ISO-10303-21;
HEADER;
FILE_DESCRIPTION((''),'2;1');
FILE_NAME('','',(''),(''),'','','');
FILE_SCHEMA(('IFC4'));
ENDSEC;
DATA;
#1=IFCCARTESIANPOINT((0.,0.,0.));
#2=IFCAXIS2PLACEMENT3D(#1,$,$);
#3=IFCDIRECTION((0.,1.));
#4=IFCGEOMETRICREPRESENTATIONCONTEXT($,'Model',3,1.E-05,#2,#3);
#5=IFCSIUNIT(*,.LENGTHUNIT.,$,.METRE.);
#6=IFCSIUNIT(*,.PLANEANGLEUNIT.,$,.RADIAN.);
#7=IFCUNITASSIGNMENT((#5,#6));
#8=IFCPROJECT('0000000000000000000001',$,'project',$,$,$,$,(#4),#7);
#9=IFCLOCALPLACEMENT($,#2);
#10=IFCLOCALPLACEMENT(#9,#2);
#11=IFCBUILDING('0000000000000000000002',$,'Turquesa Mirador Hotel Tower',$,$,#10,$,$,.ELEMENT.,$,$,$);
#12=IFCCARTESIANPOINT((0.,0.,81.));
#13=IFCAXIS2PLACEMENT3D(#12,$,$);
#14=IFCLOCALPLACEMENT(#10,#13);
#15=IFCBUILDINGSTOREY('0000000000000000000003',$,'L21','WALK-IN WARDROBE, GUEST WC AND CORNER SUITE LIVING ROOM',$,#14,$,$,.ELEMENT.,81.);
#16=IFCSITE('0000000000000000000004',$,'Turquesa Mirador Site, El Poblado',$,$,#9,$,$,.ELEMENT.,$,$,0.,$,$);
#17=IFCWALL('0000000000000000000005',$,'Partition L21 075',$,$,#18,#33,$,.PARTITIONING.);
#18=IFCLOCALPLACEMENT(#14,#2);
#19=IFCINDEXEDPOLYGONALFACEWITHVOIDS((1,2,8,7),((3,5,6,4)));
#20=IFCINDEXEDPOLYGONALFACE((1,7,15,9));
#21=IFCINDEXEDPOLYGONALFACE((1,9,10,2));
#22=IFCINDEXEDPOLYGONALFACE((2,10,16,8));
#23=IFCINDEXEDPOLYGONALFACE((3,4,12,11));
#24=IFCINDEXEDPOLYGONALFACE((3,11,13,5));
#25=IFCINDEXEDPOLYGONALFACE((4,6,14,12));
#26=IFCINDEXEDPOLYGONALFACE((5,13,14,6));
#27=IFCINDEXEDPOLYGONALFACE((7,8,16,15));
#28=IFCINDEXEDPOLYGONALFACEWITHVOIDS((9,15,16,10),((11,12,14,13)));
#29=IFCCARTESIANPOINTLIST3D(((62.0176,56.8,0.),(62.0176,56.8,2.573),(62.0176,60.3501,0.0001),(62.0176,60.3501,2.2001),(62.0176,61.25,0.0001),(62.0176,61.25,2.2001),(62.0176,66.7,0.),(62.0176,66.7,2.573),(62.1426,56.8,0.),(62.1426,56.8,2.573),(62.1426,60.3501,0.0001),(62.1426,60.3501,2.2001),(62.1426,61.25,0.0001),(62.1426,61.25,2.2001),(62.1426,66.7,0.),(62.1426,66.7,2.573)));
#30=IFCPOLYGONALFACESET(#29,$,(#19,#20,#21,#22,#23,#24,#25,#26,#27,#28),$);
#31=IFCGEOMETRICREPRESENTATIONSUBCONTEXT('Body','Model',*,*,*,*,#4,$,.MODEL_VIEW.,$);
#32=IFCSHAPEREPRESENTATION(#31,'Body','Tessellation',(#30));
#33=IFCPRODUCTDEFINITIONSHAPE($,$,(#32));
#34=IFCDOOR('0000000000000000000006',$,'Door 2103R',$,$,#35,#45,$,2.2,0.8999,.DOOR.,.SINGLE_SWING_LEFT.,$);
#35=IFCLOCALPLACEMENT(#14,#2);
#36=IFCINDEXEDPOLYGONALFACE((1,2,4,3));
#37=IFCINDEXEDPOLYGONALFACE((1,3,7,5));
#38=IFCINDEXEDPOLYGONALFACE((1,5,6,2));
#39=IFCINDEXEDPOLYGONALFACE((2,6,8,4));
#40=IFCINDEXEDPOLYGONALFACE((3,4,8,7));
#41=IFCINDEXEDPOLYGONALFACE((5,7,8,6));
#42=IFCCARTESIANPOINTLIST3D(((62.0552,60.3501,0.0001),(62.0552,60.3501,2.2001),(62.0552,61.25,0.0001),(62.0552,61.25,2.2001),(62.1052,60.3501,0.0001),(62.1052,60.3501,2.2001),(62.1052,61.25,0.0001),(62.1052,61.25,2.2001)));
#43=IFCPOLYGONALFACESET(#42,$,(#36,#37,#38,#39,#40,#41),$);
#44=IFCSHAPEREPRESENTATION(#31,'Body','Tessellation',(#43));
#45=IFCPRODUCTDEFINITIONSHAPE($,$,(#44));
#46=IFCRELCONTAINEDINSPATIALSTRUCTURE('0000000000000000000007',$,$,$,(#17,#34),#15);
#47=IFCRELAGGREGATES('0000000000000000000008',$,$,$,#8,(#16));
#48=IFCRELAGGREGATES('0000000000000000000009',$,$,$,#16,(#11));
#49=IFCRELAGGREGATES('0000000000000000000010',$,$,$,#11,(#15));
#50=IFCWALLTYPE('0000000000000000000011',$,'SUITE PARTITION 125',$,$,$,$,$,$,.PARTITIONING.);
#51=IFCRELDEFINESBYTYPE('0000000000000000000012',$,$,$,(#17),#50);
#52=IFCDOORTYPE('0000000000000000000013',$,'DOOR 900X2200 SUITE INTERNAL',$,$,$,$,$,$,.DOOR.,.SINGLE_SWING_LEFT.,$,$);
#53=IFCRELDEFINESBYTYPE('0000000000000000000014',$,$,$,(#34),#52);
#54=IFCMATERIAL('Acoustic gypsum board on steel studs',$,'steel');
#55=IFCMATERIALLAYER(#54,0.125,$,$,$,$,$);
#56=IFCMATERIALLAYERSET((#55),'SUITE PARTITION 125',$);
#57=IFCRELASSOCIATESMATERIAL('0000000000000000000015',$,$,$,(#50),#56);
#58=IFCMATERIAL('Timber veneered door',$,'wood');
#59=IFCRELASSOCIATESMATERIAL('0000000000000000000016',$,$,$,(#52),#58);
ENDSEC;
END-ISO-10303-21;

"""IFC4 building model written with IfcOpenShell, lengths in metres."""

from ifc_helpers import new_model, si_unit, direction, frame, frame_2d, origin, place, context, subcontext, project, spatial, rectangle, extrude, material, layer, layer_set, type_object, element, fill, save


model = new_model("IFC4")

# Units and contexts
model_context = context("Model", 3, precision=1e-05, world=origin(), true_north=direction((0.0, 1.0)))
body_context = subcontext(model_context, "Body", "Model", "MODEL_VIEW")
ifc_project = project(units=[si_unit("LENGTHUNIT", "METRE"), si_unit("PLANEANGLEUNIT", "RADIAN")], contexts=[model_context])

# Site, building, storey
site_placement = place(None, origin())
site = spatial("IfcSite", under=ifc_project, at=site_placement, Name="Turquesa Mirador Site, El Poblado", CompositionType="ELEMENT", RefElevation=0.0)
building_placement = place(site_placement, origin())
building = spatial("IfcBuilding", under=site, at=building_placement, Name="Turquesa Mirador Hotel Tower", CompositionType="ELEMENT")
storey_placement = place(building_placement, frame((0.0, 0.0, 81.0)))
storey = spatial("IfcBuildingStorey", under=building, at=storey_placement, Name="L21", Description="WALK-IN WARDROBE, GUEST WC AND CORNER SUITE LIVING ROOM", CompositionType="ELEMENT", Elevation=81.0)

# Shared definitions
ifc_material_1 = material(Name="Acoustic gypsum board on steel studs", Category="steel")
ifc_layer_1 = layer(ifc_material_1, 0.125)
ifc_layer_set_1 = layer_set([ifc_layer_1], Name="SUITE PARTITION 125")
wall_type_1 = type_object("IfcWallType", Name="SUITE PARTITION 125", PredefinedType="PARTITIONING", material=ifc_layer_set_1)

# Wall, opening, door
wall_1_placement = place(storey_placement, frame((62.0801, 56.8, 0.0), z_axis=(0.0, 0.0, 1.0), x_axis=(0.0, 1.0, 0.0)))
wall_1 = element("IfcWall", 1, at=wall_1_placement, inside=storey, type_object=wall_type_1, Name="Partition L21 075", PredefinedType="PARTITIONING", context=body_context, shape_type="SweptSolid", body=[
    extrude(rectangle(XDim=9.8999, YDim=0.125, at=frame_2d((4.95, 0.0))), origin(), (0.0, 0.0, 1.0), 2.573),
])
opening_1_placement = place(wall_1_placement, frame((3.55, 0.0, 0.0)))
opening_1 = element("IfcOpeningElement", 2, at=opening_1_placement, cuts=wall_1, PredefinedType="OPENING", context=body_context, shape_type="SweptSolid", body=[
    extrude(rectangle(XDim=0.8999, YDim=2.2, at=frame_2d((0.45, 1.1001))), frame((0.0, 0.0725, 0.0), z_axis=(0.0, -1.0, 0.0), x_axis=(1.0, 0.0, 0.0)), (0.0, 0.0, 1.0), 0.145),
])
ifc_material_2 = material(Name="Timber veneered door", Category="wood")
door_type_1 = type_object("IfcDoorType", Name="DOOR 900X2200 SUITE INTERNAL", OperationType="SINGLE_SWING_LEFT", PredefinedType="DOOR", material=ifc_material_2)
door_1_placement = place(opening_1_placement, origin())
door_1 = element("IfcDoor", 3, at=door_1_placement, inside=storey, type_object=door_type_1, Name="Door 2103R", OperationType="SINGLE_SWING_LEFT", OverallHeight=2.2, OverallWidth=0.8999, PredefinedType="DOOR", context=body_context, shape_type="SweptSolid", body=[
    extrude(rectangle(XDim=0.8999, YDim=2.2, at=frame_2d((0.45, 1.1001))), frame((0.0, 0.0249, 0.0), z_axis=(0.0, -1.0, 0.0), x_axis=(1.0, 0.0, 0.0)), (0.0, 0.0, 1.0), 0.05),
])
fill(opening_1, door_1)

save(model, "model.ifc")
